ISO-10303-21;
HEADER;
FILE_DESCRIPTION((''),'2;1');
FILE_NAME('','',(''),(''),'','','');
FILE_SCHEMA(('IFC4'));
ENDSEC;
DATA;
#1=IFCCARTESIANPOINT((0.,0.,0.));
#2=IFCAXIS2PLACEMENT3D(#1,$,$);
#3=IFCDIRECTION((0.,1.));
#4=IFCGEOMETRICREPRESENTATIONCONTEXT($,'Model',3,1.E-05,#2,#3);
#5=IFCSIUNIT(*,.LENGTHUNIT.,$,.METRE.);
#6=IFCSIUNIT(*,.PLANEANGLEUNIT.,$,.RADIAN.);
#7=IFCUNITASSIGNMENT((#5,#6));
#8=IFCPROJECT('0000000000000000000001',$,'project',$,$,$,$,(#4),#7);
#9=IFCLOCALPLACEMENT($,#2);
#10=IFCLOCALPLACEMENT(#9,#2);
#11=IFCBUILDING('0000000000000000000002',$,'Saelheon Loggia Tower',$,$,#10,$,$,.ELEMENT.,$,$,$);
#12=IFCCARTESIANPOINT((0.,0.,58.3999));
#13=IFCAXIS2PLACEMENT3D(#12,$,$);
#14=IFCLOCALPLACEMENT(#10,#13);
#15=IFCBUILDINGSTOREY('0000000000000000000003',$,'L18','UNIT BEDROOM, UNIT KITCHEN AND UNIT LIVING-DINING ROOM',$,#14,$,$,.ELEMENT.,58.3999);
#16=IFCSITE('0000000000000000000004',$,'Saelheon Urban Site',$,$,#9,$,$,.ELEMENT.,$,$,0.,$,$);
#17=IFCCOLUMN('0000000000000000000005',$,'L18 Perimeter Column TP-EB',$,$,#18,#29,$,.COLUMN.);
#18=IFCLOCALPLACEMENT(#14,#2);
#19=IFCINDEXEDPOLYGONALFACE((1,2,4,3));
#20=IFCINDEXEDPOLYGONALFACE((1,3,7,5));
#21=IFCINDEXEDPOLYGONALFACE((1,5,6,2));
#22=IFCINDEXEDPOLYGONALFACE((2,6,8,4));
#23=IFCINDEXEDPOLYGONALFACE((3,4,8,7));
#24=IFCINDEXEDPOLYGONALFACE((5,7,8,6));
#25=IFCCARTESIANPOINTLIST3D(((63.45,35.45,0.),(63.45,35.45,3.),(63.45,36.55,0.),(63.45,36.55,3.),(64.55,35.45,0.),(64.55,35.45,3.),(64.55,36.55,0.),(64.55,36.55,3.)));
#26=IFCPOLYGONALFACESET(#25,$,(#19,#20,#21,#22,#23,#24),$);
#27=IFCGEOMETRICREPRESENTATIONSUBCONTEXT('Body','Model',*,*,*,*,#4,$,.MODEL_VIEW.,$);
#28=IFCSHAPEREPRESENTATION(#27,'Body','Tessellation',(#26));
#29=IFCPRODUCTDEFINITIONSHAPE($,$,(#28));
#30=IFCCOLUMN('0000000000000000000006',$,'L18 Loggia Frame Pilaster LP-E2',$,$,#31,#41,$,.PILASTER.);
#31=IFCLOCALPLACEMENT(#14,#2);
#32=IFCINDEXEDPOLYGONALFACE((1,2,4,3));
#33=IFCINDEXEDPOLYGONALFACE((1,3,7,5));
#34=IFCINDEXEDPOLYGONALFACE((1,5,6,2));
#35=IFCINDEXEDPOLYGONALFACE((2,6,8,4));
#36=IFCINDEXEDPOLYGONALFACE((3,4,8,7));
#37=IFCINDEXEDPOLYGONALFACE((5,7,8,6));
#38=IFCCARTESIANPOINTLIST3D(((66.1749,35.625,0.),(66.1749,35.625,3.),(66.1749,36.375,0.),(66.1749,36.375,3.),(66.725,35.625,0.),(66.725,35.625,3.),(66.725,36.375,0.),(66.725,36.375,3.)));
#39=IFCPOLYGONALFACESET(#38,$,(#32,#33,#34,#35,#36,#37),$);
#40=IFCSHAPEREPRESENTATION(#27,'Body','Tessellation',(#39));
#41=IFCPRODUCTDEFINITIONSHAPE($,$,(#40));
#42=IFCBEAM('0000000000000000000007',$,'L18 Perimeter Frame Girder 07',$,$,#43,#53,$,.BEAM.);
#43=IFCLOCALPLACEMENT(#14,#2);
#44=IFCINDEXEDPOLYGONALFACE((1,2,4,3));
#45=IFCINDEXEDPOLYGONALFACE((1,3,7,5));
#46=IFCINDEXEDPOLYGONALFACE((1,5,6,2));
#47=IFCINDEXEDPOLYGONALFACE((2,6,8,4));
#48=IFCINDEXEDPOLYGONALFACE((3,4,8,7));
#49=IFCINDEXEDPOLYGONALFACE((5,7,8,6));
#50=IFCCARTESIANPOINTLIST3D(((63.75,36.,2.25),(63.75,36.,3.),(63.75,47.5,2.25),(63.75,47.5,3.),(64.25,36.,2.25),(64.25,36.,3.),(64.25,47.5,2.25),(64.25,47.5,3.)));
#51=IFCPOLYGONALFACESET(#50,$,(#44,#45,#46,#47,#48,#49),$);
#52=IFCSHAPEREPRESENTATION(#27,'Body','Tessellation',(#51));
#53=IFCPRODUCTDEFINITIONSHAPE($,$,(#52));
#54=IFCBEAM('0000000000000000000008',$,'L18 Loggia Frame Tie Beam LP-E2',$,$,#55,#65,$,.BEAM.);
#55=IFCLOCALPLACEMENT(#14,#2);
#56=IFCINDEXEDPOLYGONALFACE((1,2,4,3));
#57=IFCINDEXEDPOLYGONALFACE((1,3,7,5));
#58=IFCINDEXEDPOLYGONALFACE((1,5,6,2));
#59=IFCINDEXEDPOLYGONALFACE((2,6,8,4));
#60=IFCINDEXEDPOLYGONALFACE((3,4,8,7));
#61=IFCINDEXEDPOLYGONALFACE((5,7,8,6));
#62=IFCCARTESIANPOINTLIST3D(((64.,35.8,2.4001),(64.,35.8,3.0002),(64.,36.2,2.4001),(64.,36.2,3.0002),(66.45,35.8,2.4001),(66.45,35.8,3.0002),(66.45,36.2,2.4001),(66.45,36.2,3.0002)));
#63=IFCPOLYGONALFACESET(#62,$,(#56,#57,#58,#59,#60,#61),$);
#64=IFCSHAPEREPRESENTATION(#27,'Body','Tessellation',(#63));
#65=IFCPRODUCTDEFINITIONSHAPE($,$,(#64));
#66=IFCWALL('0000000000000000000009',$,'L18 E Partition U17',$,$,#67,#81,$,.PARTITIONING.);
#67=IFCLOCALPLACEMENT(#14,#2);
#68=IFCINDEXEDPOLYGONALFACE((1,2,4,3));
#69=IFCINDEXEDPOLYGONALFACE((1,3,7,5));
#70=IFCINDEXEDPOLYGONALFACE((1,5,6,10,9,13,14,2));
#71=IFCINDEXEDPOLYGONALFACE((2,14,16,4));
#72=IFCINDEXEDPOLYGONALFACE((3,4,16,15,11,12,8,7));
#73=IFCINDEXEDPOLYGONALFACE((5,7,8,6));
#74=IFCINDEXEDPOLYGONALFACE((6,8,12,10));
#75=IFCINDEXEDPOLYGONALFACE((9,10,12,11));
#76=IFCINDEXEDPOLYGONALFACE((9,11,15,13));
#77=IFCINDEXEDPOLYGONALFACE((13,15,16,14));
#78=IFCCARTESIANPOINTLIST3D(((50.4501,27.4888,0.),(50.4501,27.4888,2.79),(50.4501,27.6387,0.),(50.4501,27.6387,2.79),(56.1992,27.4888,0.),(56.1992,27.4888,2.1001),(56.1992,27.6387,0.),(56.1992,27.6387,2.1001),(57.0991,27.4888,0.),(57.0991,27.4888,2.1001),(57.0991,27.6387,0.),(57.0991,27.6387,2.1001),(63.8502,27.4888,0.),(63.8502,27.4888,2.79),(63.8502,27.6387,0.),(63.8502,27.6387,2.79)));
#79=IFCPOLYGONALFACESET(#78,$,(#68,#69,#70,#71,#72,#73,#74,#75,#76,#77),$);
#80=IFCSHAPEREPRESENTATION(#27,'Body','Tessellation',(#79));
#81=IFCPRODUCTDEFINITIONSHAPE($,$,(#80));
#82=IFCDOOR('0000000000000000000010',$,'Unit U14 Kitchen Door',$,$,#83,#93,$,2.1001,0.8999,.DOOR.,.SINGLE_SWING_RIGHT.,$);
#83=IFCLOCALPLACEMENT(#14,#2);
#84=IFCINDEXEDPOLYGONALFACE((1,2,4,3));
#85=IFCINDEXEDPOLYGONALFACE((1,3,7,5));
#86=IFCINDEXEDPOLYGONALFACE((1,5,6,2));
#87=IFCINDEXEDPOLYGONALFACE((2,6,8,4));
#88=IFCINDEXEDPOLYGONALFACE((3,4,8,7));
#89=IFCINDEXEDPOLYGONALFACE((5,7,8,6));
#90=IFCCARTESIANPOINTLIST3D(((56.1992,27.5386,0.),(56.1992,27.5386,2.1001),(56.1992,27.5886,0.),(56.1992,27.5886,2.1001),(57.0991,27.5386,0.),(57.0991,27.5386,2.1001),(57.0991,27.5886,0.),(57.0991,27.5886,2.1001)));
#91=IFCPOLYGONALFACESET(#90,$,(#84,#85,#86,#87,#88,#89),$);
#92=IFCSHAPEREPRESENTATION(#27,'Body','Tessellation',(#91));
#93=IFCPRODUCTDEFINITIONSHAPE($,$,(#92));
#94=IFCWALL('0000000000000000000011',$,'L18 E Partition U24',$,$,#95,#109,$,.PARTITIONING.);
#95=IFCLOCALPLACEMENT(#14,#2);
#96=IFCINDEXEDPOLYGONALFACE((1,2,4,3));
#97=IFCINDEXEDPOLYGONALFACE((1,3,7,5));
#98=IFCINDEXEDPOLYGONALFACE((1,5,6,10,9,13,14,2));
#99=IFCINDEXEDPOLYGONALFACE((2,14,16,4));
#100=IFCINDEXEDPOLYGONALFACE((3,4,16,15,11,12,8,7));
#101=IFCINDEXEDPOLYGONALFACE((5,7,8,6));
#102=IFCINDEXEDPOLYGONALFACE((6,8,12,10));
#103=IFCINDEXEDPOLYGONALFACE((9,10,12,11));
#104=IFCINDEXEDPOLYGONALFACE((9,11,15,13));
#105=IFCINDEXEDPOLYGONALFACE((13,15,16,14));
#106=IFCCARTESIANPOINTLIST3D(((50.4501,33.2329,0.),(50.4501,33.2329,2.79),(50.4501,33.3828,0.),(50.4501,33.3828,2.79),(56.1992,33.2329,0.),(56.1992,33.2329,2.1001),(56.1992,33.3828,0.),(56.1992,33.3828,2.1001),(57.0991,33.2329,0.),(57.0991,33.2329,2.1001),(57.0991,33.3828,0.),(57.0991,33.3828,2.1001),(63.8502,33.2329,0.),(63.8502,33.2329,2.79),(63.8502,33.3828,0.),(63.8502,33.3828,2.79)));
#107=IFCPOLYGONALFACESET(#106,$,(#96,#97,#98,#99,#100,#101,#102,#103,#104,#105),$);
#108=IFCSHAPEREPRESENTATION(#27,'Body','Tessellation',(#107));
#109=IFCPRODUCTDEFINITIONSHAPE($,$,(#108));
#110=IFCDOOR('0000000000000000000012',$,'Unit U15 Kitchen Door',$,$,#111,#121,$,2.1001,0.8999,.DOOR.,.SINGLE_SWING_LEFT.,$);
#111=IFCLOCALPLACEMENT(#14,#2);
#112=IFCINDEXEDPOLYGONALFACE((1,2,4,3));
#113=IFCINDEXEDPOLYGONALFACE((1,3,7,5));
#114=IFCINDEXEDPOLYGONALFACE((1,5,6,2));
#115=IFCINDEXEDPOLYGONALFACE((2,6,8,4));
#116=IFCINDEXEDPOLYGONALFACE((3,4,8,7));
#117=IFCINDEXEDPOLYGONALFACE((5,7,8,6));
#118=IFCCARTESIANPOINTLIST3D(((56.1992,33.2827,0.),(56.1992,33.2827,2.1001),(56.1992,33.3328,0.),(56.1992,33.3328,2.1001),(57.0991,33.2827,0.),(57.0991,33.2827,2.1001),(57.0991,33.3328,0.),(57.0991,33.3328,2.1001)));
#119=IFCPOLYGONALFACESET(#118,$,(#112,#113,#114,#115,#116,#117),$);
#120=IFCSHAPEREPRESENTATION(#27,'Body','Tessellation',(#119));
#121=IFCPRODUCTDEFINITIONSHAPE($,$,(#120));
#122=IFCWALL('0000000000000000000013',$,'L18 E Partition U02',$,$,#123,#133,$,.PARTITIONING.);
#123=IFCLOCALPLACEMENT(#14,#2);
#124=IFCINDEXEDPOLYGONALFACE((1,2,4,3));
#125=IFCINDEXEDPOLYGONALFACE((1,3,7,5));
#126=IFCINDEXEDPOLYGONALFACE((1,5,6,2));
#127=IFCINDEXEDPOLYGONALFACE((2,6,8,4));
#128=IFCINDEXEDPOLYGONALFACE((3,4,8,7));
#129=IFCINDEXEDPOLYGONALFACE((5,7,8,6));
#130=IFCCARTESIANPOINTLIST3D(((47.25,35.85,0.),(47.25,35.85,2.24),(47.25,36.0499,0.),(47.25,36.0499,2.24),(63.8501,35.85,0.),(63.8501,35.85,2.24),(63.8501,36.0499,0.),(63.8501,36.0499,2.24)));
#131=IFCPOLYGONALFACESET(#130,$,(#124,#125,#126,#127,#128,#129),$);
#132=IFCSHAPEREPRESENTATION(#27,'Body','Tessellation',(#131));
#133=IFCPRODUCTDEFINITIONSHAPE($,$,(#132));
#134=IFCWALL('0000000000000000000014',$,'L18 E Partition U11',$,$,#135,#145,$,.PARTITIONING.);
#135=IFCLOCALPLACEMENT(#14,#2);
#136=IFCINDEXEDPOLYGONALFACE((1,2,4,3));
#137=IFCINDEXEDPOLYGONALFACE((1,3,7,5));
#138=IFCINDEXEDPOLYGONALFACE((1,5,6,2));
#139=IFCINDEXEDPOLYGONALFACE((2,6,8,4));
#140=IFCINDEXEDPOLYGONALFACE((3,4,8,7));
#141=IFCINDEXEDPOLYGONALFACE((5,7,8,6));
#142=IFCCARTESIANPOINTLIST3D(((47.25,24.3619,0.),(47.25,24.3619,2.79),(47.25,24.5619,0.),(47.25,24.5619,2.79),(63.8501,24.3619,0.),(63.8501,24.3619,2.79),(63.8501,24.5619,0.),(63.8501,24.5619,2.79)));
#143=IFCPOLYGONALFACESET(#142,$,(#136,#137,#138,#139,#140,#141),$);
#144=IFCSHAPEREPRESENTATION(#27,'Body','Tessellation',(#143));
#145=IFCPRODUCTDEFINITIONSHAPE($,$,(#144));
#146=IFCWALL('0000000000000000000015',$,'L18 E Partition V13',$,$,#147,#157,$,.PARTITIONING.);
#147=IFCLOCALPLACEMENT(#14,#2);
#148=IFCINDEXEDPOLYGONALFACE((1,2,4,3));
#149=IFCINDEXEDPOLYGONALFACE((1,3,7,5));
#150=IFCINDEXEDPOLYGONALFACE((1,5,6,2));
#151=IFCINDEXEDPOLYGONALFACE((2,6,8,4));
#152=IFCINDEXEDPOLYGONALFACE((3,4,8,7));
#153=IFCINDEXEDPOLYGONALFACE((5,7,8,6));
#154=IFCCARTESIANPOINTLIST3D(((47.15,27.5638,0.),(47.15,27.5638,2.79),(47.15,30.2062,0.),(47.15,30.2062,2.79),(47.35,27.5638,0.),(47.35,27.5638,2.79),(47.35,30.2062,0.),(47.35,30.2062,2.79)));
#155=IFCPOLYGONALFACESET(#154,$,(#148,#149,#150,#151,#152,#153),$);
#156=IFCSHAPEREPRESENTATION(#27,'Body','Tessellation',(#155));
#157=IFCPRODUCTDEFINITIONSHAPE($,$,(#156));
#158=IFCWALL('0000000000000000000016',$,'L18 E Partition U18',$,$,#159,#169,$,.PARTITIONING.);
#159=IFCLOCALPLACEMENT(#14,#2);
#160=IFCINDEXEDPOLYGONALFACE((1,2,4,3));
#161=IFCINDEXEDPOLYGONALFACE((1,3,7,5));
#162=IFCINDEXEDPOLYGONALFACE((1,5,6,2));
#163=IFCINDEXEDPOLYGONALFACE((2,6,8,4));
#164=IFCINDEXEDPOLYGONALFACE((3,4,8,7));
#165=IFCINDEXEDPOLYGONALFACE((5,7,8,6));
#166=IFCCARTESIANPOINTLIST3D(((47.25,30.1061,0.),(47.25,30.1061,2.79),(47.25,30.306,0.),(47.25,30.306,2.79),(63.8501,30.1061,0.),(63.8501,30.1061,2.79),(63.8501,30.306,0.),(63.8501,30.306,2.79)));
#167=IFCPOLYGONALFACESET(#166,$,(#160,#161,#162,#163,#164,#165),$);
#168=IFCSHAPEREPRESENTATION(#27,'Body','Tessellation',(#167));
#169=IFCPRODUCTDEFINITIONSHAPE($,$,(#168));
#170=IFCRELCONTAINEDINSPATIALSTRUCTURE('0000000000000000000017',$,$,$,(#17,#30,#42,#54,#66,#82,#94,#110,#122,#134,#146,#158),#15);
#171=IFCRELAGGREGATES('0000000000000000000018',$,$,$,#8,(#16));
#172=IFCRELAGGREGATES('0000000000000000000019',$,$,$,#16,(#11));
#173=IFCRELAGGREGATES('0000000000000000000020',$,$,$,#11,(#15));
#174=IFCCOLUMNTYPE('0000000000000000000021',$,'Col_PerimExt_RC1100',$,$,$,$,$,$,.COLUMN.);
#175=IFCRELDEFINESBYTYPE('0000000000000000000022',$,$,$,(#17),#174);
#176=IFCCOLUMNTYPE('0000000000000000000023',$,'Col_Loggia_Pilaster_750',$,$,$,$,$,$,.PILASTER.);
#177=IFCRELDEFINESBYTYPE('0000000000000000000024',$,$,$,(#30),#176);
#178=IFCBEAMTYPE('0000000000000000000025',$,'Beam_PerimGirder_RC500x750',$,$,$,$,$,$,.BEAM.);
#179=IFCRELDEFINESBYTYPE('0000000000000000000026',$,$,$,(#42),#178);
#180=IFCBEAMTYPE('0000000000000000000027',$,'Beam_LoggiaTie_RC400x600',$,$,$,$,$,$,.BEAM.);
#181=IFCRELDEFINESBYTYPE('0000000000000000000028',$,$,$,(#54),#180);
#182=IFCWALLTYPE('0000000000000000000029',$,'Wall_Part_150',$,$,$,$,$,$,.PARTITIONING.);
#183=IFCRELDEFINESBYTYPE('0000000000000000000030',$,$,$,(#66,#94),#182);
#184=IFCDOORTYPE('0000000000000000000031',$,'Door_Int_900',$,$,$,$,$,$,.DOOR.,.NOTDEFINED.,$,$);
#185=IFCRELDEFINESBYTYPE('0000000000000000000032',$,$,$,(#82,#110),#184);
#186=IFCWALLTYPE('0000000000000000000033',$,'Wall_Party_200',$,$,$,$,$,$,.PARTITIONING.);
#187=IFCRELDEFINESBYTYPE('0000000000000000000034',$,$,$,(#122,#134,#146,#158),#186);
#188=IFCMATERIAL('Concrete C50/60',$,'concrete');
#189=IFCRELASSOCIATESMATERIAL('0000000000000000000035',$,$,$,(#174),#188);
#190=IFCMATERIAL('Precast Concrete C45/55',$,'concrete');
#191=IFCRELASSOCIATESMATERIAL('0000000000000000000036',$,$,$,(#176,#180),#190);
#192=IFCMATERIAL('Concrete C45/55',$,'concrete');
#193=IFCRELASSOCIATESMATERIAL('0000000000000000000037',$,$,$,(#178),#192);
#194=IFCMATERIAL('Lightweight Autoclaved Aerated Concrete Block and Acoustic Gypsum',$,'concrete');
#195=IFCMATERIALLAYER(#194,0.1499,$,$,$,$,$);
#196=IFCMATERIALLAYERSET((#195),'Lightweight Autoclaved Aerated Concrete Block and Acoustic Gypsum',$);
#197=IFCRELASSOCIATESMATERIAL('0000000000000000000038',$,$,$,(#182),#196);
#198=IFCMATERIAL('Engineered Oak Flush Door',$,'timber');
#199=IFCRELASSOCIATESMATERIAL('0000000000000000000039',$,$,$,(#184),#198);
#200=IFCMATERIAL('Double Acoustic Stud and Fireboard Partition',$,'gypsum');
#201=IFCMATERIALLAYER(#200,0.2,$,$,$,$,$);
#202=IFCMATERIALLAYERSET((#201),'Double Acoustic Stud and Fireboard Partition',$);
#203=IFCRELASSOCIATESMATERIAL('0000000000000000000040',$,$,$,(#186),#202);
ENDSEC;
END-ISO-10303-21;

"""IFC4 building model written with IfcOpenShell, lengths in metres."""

from ifc_helpers import new_model, si_unit, direction, frame, frame_2d, origin, origin_2d, place, context, subcontext, project, spatial, rectangle, extrude, source, transform, mapped, material, layer, layer_set, material_profile, profile_set, type_object, element, fill, save


model = new_model("IFC4")

# Units and contexts
model_context = context("Model", 3, precision=1e-05, world=origin(), true_north=direction((0.0, 1.0)))
body_context = subcontext(model_context, "Body", "Model", "MODEL_VIEW")
ifc_project = project(units=[si_unit("LENGTHUNIT", "METRE"), si_unit("PLANEANGLEUNIT", "RADIAN")], contexts=[model_context])

# Site, building, storey
site_placement = place(None, origin())
site = spatial("IfcSite", under=ifc_project, at=site_placement, Name="Saelheon Urban Site", CompositionType="ELEMENT", RefElevation=0.0)
building_placement = place(site_placement, origin())
building = spatial("IfcBuilding", under=site, at=building_placement, Name="Saelheon Loggia Tower", CompositionType="ELEMENT")
storey_placement = place(building_placement, frame((0.0, 0.0, 58.3999)))
storey = spatial("IfcBuildingStorey", under=building, at=storey_placement, Name="L18", Description="UNIT BEDROOM, UNIT KITCHEN AND UNIT LIVING-DINING ROOM", CompositionType="ELEMENT", Elevation=58.3999)

# Columns
ifc_material_1 = material(Name="Concrete C50/60", Category="concrete")
ifc_material_profile_1 = material_profile(ifc_material_1, rectangle(XDim=1.1001, YDim=1.1001, at=origin_2d()), Name="RC-1100x1100")
ifc_profile_set_1 = profile_set([ifc_material_profile_1], Name="Concrete C50/60")
column_type_1 = type_object("IfcColumnType", Name="Col_PerimExt_RC1100", PredefinedType="COLUMN", material=ifc_profile_set_1)
shared_shape_1 = source(origin(), body_context, "Body", "SweptSolid", [
    extrude(rectangle(XDim=1.1001, YDim=1.1001, at=origin_2d()), origin(), (0.0, 0.0, 1.0), 3.0),
])
column_1_placement = place(storey_placement, frame((64.0, 36.0, 0.0), z_axis=(0.0, 0.0, 1.0), x_axis=(1.0, 0.0, 0.0)))
element("IfcColumn", 1, at=column_1_placement, inside=storey, type_object=column_type_1, Name="L18 Perimeter Column TP-EB", PredefinedType="COLUMN", context=body_context, shape_type="MappedRepresentation", body=[
    mapped(shared_shape_1, transform((0.0, 0.0, 0.0), scale=1.0)),
])
ifc_material_2 = material(Name="Precast Concrete C45/55", Category="concrete")
ifc_material_profile_2 = material_profile(ifc_material_2, rectangle(XDim=0.55, YDim=0.75, at=origin_2d()), Name="RC-550x750")
ifc_profile_set_2 = profile_set([ifc_material_profile_2], Name="Precast Concrete C45/55")
column_type_2 = type_object("IfcColumnType", Name="Col_Loggia_Pilaster_750", PredefinedType="PILASTER", material=ifc_profile_set_2)
shared_shape_2 = source(origin(), body_context, "Body", "SweptSolid", [
    extrude(rectangle(XDim=0.55, YDim=0.75, at=origin_2d()), origin(), (0.0, 0.0, 1.0), 3.0),
])
column_2_placement = place(storey_placement, frame((66.45, 36.0, 0.0), z_axis=(0.0, 0.0, 1.0), x_axis=(1.0, 0.0, 0.0)))
element("IfcColumn", 2, at=column_2_placement, inside=storey, type_object=column_type_2, Name="L18 Loggia Frame Pilaster LP-E2", PredefinedType="PILASTER", context=body_context, shape_type="MappedRepresentation", body=[
    mapped(shared_shape_2, transform((0.0, 0.0, 0.0), scale=1.0)),
])

# Beams
ifc_material_3 = material(Name="Concrete C45/55", Category="concrete")
ifc_material_profile_3 = material_profile(ifc_material_3, rectangle(XDim=0.5, YDim=0.75, at=origin_2d()), Name="RC-500x750")
ifc_profile_set_3 = profile_set([ifc_material_profile_3], Name="Concrete C45/55")
beam_type_1 = type_object("IfcBeamType", Name="Beam_PerimGirder_RC500x750", PredefinedType="BEAM", material=ifc_profile_set_3)
shared_shape_3 = source(origin(), body_context, "Body", "SweptSolid", [
    extrude(rectangle(XDim=0.5, YDim=0.75, at=origin_2d()), origin(), (0.0, 0.0, 1.0), 11.5),
])
beam_1_placement = place(storey_placement, frame((64.0, 36.0, 2.625), z_axis=(0.0, 1.0, 0.0), x_axis=(-1.0, 0.0, 0.0)))
element("IfcBeam", 3, at=beam_1_placement, inside=storey, type_object=beam_type_1, Name="L18 Perimeter Frame Girder 07", PredefinedType="BEAM", context=body_context, shape_type="MappedRepresentation", body=[
    mapped(shared_shape_3, transform((0.0, 0.0, 0.0), scale=1.0)),
])
ifc_material_profile_4 = material_profile(ifc_material_2, rectangle(XDim=0.3999, YDim=0.6001, at=origin_2d()), Name="RC-400x600")
ifc_profile_set_4 = profile_set([ifc_material_profile_4], Name="Precast Concrete C45/55")
beam_type_2 = type_object("IfcBeamType", Name="Beam_LoggiaTie_RC400x600", PredefinedType="BEAM", material=ifc_profile_set_4)
shared_shape_4 = source(origin(), body_context, "Body", "SweptSolid", [
    extrude(rectangle(XDim=0.3999, YDim=0.6001, at=origin_2d()), origin(), (0.0, 0.0, 1.0), 2.45),
])
beam_2_placement = place(storey_placement, frame((64.0, 36.0, 2.7002), z_axis=(1.0, 0.0, 0.0), x_axis=(0.0, 1.0, 0.0)))
element("IfcBeam", 4, at=beam_2_placement, inside=storey, type_object=beam_type_2, Name="L18 Loggia Frame Tie Beam LP-E2", PredefinedType="BEAM", context=body_context, shape_type="MappedRepresentation", body=[
    mapped(shared_shape_4, transform((0.0, 0.0, 0.0), scale=1.0)),
])

# Walls, openings, doors
ifc_material_4 = material(Name="Lightweight Autoclaved Aerated Concrete Block and Acoustic Gypsum", Category="concrete")
ifc_layer_1 = layer(ifc_material_4, 0.1499)
ifc_layer_set_1 = layer_set([ifc_layer_1], Name="Lightweight Autoclaved Aerated Concrete Block and Acoustic Gypsum")
wall_type_1 = type_object("IfcWallType", Name="Wall_Part_150", PredefinedType="PARTITIONING", material=ifc_layer_set_1)
wall_1_placement = place(storey_placement, frame((50.45, 27.5637, 0.0), z_axis=(0.0, 0.0, 1.0), x_axis=(1.0, 0.0, 0.0)))
wall_1 = element("IfcWall", 5, at=wall_1_placement, inside=storey, type_object=wall_type_1, Name="L18 E Partition U17", PredefinedType="PARTITIONING", context=body_context, shape_type="SweptSolid", body=[
    extrude(rectangle(XDim=13.4001, YDim=0.1499, at=frame_2d((6.7002, 0.0))), origin(), (0.0, 0.0, 1.0), 2.79),
])
opening_1_placement = place(wall_1_placement, frame((5.7493, 0.0, 0.0)))
opening_1 = element("IfcOpeningElement", 6, at=opening_1_placement, cuts=wall_1, PredefinedType="OPENING", context=body_context, shape_type="SweptSolid", body=[
    extrude(rectangle(XDim=0.8999, YDim=2.1001, at=frame_2d((0.45, 1.05))), frame((0.0, 0.0869, 0.0), z_axis=(0.0, -1.0, 0.0), x_axis=(1.0, 0.0, 0.0)), (0.0, 0.0, 1.0), 0.1738),
])
ifc_material_5 = material(Name="Engineered Oak Flush Door", Category="timber")
door_type_1 = type_object("IfcDoorType", Name="Door_Int_900", OperationType="NOTDEFINED", PredefinedType="DOOR", material=ifc_material_5)
shared_shape_5 = source(origin(), body_context, "Body", "SweptSolid", [
    extrude(rectangle(XDim=0.8999, YDim=2.1001, at=frame_2d((0.45, 1.05))), frame((0.0, 0.0249, 0.0), z_axis=(0.0, -1.0, 0.0), x_axis=(1.0, 0.0, 0.0)), (0.0, 0.0, 1.0), 0.05),
])
door_1_placement = place(opening_1_placement, origin())
door_1 = element("IfcDoor", 7, at=door_1_placement, inside=storey, type_object=door_type_1, Name="Unit U14 Kitchen Door", OperationType="SINGLE_SWING_RIGHT", OverallHeight=2.1001, OverallWidth=0.8999, PredefinedType="DOOR", context=body_context, shape_type="MappedRepresentation", body=[
    mapped(shared_shape_5, transform((0.0, 0.0, 0.0), scale=1.0)),
])
fill(opening_1, door_1)
wall_2_placement = place(storey_placement, frame((50.45, 33.3079, 0.0), z_axis=(0.0, 0.0, 1.0), x_axis=(1.0, 0.0, 0.0)))
wall_2 = element("IfcWall", 8, at=wall_2_placement, inside=storey, type_object=wall_type_1, Name="L18 E Partition U24", PredefinedType="PARTITIONING", context=body_context, shape_type="SweptSolid", body=[
    extrude(rectangle(XDim=13.4001, YDim=0.1499, at=frame_2d((6.7002, 0.0))), origin(), (0.0, 0.0, 1.0), 2.79),
])
opening_2_placement = place(wall_2_placement, frame((5.7493, 0.0, 0.0)))
opening_2 = element("IfcOpeningElement", 9, at=opening_2_placement, cuts=wall_2, PredefinedType="OPENING", context=body_context, shape_type="SweptSolid", body=[
    extrude(rectangle(XDim=0.8999, YDim=2.1001, at=frame_2d((0.45, 1.05))), frame((0.0, 0.0869, 0.0), z_axis=(0.0, -1.0, 0.0), x_axis=(1.0, 0.0, 0.0)), (0.0, 0.0, 1.0), 0.1738),
])
door_2_placement = place(opening_2_placement, origin())
door_2 = element("IfcDoor", 10, at=door_2_placement, inside=storey, type_object=door_type_1, Name="Unit U15 Kitchen Door", OperationType="SINGLE_SWING_LEFT", OverallHeight=2.1001, OverallWidth=0.8999, PredefinedType="DOOR", context=body_context, shape_type="MappedRepresentation", body=[
    mapped(shared_shape_5, transform((0.0, 0.0, 0.0), scale=1.0)),
])
fill(opening_2, door_2)

# Walls
ifc_material_6 = material(Name="Double Acoustic Stud and Fireboard Partition", Category="gypsum")
ifc_layer_2 = layer(ifc_material_6, 0.2)
ifc_layer_set_2 = layer_set([ifc_layer_2], Name="Double Acoustic Stud and Fireboard Partition")
wall_type_2 = type_object("IfcWallType", Name="Wall_Party_200", PredefinedType="PARTITIONING", material=ifc_layer_set_2)
wall_3_placement = place(storey_placement, frame((47.25, 35.95, 0.0), z_axis=(0.0, 0.0, 1.0), x_axis=(1.0, 0.0, 0.0)))
element("IfcWall", 11, at=wall_3_placement, inside=storey, type_object=wall_type_2, Name="L18 E Partition U02", PredefinedType="PARTITIONING", context=body_context, shape_type="SweptSolid", body=[
    extrude(rectangle(XDim=16.6001, YDim=0.2, at=frame_2d((8.3, 0.0))), origin(), (0.0, 0.0, 1.0), 2.24),
])
wall_4_placement = place(storey_placement, frame((47.25, 24.4619, 0.0), z_axis=(0.0, 0.0, 1.0), x_axis=(1.0, 0.0, 0.0)))
element("IfcWall", 12, at=wall_4_placement, inside=storey, type_object=wall_type_2, Name="L18 E Partition U11", PredefinedType="PARTITIONING", context=body_context, shape_type="SweptSolid", body=[
    extrude(rectangle(XDim=16.6001, YDim=0.2, at=frame_2d((8.3, 0.0))), origin(), (0.0, 0.0, 1.0), 2.79),
])

# Walls
wall_5_placement = place(storey_placement, frame((47.25, 27.5637, 0.0), z_axis=(0.0, 0.0, 1.0), x_axis=(0.0, 1.0, 0.0)))
element("IfcWall", 13, at=wall_5_placement, inside=storey, type_object=wall_type_2, Name="L18 E Partition V13", PredefinedType="PARTITIONING", context=body_context, shape_type="SweptSolid", body=[
    extrude(rectangle(XDim=2.6423, YDim=0.2, at=frame_2d((1.3213, 0.0))), origin(), (0.0, 0.0, 1.0), 2.79),
])
wall_6_placement = place(storey_placement, frame((47.25, 30.2061, 0.0), z_axis=(0.0, 0.0, 1.0), x_axis=(1.0, 0.0, 0.0)))
element("IfcWall", 14, at=wall_6_placement, inside=storey, type_object=wall_type_2, Name="L18 E Partition U18", PredefinedType="PARTITIONING", context=body_context, shape_type="SweptSolid", body=[
    extrude(rectangle(XDim=16.6001, YDim=0.2, at=frame_2d((8.3, 0.0))), origin(), (0.0, 0.0, 1.0), 2.79),
])

save(model, "model.ifc")
